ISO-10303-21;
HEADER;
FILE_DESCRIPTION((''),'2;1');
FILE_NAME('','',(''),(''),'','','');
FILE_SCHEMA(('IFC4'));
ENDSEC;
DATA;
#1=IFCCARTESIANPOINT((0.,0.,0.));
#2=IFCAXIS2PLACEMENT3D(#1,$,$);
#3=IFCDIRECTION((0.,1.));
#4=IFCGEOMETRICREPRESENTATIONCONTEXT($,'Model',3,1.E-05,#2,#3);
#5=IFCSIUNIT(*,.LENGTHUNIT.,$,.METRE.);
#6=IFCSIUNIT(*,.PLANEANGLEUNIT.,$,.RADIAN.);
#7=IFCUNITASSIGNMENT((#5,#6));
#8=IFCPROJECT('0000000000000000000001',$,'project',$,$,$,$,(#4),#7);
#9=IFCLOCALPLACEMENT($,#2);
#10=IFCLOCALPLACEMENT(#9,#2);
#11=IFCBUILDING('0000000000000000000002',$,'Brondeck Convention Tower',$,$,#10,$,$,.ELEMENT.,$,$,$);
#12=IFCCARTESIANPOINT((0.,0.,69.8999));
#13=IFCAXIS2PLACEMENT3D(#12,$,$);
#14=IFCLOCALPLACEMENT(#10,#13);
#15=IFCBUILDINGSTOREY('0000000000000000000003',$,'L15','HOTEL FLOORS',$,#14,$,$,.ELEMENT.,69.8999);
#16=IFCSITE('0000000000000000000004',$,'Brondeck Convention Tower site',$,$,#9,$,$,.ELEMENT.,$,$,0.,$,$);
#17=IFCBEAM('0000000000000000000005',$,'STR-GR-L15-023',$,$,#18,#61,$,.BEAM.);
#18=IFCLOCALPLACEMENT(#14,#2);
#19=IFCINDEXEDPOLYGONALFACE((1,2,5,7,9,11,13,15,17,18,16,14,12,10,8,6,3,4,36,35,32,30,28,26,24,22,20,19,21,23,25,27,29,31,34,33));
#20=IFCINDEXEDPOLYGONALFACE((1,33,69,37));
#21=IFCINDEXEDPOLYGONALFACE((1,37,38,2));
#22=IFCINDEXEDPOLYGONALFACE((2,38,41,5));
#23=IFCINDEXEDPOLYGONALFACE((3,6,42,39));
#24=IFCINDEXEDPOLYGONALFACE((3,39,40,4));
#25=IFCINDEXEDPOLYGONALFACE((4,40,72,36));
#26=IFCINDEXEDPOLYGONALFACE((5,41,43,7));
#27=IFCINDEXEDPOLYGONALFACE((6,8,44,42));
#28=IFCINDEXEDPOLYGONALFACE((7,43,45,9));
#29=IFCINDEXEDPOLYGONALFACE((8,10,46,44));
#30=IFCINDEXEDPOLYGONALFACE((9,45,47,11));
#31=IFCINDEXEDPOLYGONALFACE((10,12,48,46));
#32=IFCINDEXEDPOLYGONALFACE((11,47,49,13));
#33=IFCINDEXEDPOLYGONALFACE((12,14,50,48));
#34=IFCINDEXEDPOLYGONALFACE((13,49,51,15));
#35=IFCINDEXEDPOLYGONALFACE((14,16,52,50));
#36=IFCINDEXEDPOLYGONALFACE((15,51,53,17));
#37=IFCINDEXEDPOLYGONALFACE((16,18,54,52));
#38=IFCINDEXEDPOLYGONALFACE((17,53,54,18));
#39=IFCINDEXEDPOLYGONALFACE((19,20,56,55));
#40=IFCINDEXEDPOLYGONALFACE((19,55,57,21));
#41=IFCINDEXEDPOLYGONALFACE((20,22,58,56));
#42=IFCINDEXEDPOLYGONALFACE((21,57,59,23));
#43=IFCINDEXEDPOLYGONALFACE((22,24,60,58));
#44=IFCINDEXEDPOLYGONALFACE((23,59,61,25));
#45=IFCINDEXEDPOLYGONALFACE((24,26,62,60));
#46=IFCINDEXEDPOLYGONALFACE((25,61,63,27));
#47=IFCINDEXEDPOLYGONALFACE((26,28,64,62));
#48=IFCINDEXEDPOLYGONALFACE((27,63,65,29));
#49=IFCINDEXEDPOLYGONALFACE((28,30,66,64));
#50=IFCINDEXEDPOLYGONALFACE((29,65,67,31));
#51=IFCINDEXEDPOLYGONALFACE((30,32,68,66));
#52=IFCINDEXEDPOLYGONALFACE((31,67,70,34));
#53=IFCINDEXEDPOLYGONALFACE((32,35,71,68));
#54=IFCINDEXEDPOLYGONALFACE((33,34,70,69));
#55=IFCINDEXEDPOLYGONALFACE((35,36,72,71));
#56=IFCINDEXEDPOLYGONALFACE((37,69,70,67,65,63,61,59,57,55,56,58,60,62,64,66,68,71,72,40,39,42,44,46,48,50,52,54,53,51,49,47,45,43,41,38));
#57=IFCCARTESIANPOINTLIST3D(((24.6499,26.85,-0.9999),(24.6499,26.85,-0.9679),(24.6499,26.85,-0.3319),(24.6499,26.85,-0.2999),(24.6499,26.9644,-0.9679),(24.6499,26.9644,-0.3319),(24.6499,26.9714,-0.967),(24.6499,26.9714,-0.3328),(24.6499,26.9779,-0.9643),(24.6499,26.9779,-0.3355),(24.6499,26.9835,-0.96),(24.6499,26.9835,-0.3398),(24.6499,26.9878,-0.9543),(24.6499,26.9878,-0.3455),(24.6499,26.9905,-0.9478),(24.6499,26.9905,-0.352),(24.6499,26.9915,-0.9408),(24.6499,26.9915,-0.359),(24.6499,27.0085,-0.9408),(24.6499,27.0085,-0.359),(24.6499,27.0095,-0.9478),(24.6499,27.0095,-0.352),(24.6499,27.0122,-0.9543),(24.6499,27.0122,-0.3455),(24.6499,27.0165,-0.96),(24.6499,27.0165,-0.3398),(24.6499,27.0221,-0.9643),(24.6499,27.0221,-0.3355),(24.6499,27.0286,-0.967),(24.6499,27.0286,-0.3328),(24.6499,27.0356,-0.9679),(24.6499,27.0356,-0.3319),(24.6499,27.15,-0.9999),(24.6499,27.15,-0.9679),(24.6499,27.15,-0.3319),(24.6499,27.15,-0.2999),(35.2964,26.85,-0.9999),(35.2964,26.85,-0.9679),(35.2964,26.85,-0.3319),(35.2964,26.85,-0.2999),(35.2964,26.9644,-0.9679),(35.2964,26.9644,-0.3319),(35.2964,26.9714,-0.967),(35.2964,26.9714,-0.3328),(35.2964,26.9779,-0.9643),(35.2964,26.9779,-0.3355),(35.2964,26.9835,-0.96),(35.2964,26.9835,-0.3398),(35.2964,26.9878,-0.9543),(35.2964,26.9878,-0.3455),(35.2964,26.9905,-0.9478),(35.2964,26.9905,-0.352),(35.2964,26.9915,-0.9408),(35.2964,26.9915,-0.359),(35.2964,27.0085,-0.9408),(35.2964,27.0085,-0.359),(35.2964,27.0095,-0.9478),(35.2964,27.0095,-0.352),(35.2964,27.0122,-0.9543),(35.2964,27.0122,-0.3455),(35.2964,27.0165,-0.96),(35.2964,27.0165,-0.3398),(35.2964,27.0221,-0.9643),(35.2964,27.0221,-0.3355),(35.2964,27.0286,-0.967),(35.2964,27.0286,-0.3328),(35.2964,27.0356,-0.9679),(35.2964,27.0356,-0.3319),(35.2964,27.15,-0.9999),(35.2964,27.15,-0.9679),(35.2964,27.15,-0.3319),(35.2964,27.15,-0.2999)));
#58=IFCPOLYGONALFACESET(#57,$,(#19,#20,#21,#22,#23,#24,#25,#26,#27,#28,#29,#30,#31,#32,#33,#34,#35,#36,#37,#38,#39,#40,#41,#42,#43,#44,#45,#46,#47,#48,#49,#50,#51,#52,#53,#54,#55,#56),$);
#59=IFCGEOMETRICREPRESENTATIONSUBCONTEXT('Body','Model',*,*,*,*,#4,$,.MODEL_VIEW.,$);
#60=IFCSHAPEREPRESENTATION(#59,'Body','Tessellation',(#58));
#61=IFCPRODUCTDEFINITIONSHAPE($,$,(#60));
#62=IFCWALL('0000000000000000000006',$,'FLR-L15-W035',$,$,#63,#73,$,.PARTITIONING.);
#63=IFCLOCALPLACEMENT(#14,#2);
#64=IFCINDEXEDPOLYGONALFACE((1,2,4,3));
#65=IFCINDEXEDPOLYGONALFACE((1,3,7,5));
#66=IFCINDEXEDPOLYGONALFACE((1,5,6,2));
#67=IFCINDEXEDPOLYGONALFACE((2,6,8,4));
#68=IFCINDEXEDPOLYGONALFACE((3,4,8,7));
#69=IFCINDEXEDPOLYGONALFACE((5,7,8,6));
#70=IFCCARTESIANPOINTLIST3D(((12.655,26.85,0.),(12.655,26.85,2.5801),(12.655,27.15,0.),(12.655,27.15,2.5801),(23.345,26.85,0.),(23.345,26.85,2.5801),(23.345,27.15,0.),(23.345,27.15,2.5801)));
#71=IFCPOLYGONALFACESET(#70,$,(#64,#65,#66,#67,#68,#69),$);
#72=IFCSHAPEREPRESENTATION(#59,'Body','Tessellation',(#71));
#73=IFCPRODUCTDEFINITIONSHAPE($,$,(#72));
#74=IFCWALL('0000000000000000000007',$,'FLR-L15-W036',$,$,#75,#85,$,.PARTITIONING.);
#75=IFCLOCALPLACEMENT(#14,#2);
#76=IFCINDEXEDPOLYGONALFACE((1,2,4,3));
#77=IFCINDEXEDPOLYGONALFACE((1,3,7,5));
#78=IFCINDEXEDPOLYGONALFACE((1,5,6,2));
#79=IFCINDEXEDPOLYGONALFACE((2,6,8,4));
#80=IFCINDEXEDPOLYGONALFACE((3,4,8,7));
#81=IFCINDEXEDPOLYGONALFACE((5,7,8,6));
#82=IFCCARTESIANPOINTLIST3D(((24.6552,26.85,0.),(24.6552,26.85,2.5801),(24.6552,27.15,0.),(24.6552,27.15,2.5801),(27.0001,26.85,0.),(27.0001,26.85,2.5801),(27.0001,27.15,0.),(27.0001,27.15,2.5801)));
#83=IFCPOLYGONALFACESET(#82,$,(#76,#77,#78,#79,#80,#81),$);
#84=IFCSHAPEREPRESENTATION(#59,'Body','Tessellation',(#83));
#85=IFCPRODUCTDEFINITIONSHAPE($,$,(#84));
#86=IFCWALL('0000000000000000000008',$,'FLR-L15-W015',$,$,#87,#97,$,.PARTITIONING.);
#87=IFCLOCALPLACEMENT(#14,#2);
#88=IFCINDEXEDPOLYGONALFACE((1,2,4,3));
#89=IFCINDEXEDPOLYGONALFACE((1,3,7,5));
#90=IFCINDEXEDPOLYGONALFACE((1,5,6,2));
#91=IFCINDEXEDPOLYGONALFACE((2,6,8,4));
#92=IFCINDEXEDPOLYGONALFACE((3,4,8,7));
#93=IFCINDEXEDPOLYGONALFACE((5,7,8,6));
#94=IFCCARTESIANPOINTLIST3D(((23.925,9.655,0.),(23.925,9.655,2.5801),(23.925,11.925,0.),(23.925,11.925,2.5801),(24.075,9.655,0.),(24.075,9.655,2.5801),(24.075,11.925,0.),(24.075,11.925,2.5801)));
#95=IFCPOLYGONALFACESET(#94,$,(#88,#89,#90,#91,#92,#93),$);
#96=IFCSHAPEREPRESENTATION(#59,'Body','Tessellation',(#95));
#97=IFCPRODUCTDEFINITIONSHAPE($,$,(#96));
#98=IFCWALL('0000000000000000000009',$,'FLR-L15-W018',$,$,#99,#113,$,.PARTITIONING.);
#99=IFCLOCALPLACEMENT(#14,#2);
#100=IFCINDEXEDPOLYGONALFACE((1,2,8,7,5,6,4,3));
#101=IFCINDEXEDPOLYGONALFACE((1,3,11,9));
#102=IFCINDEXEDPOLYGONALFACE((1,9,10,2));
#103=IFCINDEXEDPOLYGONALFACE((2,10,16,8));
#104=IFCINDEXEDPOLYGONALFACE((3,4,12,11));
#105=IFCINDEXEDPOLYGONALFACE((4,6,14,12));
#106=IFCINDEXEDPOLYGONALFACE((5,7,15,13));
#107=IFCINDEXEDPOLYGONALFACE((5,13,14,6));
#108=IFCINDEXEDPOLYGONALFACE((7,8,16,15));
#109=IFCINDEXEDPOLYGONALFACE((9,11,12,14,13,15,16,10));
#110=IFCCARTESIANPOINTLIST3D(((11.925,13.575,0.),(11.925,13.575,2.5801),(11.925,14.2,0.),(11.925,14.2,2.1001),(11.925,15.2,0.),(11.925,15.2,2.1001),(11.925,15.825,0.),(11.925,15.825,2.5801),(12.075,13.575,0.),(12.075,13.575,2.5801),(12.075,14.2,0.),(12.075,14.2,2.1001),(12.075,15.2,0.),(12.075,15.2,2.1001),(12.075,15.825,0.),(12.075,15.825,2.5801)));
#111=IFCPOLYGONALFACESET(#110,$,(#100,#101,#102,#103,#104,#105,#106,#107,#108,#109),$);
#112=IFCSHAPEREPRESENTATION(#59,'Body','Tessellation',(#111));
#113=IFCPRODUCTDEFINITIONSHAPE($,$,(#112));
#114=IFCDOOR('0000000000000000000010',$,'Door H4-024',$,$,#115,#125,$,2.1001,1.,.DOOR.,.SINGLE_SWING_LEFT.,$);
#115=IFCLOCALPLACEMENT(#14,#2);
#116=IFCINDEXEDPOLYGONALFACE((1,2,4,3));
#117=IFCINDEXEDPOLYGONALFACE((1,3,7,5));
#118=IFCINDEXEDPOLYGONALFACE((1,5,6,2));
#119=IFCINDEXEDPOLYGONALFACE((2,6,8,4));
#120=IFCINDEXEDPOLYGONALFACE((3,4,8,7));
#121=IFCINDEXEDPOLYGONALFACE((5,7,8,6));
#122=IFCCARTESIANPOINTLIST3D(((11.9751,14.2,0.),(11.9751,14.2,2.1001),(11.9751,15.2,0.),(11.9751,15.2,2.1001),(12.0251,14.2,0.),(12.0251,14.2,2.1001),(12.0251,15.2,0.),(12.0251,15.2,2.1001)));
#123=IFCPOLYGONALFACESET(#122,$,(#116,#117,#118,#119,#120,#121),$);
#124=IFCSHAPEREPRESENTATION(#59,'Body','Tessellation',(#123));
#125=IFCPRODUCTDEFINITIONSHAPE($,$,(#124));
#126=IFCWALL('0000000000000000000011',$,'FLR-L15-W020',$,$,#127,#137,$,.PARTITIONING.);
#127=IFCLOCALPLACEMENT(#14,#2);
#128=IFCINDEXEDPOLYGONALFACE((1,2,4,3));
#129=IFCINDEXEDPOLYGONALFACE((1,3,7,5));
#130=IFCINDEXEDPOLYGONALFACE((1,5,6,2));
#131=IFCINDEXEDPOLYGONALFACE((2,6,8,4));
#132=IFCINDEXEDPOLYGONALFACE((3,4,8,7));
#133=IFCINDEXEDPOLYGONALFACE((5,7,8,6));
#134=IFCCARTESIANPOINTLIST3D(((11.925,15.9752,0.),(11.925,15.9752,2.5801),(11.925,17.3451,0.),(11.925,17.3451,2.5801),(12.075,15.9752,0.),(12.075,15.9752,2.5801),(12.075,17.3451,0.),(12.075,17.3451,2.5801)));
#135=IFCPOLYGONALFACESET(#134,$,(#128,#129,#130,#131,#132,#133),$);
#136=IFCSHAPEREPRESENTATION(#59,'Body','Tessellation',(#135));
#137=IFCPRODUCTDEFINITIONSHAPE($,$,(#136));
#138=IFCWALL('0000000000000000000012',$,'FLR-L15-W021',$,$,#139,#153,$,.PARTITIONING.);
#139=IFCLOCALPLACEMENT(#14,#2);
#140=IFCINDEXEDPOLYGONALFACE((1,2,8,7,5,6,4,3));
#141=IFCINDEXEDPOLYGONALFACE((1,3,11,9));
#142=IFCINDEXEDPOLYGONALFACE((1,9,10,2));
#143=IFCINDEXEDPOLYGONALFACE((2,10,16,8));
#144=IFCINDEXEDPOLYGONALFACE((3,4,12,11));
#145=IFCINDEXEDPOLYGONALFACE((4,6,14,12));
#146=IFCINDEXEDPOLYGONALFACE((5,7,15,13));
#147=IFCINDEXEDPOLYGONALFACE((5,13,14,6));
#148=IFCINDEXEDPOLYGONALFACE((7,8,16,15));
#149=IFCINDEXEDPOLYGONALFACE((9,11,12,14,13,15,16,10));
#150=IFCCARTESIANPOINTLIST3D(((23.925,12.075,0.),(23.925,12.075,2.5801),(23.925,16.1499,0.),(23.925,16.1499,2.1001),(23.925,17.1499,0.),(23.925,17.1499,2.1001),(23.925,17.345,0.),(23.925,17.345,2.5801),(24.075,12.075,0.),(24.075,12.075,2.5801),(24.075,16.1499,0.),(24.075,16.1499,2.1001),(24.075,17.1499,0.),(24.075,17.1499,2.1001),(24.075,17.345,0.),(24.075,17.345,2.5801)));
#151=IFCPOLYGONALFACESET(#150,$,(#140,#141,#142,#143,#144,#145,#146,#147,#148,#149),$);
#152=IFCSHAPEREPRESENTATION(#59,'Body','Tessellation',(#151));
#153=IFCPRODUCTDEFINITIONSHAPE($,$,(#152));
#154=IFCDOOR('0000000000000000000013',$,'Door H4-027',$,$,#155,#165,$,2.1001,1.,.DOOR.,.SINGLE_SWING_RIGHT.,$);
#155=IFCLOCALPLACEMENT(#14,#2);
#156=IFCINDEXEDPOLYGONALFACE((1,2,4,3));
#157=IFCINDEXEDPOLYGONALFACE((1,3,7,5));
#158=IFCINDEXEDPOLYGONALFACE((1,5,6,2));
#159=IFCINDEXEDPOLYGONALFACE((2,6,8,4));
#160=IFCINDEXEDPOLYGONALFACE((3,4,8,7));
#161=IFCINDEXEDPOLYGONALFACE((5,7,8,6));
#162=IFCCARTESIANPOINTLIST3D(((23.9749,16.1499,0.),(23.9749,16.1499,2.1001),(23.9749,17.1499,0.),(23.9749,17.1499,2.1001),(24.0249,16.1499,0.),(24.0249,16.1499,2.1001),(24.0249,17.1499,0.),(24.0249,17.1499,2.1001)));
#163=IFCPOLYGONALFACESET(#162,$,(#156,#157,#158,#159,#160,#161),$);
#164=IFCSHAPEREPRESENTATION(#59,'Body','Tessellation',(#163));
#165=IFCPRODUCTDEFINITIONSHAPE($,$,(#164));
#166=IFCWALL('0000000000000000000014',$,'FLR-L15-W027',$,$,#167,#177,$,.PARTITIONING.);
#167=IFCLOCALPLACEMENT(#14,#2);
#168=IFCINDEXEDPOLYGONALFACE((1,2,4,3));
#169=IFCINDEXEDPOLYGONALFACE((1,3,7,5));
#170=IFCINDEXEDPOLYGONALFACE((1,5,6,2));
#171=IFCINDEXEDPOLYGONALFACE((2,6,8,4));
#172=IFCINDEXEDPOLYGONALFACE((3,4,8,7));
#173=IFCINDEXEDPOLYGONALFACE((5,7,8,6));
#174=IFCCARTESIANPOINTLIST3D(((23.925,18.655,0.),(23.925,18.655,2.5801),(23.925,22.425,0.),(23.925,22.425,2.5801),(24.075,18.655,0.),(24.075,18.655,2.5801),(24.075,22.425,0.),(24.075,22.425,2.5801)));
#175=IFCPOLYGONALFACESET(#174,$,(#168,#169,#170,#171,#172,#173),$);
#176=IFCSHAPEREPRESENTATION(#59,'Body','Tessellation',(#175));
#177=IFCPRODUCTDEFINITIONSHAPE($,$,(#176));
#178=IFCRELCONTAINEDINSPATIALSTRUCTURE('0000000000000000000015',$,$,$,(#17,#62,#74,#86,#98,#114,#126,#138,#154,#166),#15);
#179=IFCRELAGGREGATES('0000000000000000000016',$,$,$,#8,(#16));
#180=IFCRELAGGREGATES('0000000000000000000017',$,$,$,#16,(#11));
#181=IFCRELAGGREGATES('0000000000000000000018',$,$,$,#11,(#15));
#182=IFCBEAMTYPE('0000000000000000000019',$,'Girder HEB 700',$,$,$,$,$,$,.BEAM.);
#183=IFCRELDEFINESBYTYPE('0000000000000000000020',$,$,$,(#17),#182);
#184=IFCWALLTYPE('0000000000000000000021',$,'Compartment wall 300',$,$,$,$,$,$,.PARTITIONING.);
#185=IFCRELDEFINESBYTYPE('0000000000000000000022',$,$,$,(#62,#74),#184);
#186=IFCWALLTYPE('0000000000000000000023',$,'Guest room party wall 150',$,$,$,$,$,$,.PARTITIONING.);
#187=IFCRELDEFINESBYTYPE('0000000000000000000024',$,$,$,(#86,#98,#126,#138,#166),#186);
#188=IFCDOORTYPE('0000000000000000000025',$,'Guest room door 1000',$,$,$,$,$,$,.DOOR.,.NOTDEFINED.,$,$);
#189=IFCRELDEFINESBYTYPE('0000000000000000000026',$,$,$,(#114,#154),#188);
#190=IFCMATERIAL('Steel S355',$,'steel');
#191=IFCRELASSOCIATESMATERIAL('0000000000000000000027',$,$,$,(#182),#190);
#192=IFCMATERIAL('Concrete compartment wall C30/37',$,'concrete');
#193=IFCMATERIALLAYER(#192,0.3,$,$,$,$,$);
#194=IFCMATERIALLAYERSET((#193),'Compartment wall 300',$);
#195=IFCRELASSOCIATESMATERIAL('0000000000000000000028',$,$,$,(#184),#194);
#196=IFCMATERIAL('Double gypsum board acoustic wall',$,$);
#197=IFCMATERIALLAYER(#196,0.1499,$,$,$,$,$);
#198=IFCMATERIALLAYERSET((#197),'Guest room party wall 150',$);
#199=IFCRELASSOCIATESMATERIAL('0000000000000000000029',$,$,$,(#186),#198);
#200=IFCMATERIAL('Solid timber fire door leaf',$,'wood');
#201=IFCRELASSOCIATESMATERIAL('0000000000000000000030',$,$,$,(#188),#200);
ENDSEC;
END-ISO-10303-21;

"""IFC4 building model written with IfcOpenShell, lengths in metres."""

from ifc_helpers import new_model, si_unit, direction, frame, frame_2d, origin, origin_2d, place, context, subcontext, project, spatial, rectangle, i_section, extrude, material, layer, layer_set, material_profile, profile_set, type_object, element, fill, save


model = new_model("IFC4")

# Units and contexts
model_context = context("Model", 3, precision=1e-05, world=origin(), true_north=direction((0.0, 1.0)))
body_context = subcontext(model_context, "Body", "Model", "MODEL_VIEW")
ifc_project = project(units=[si_unit("LENGTHUNIT", "METRE"), si_unit("PLANEANGLEUNIT", "RADIAN")], contexts=[model_context])

# Site, building, storey
site_placement = place(None, origin())
site = spatial("IfcSite", under=ifc_project, at=site_placement, Name="Brondeck Convention Tower site", CompositionType="ELEMENT", RefElevation=0.0)
building_placement = place(site_placement, origin())
building = spatial("IfcBuilding", under=site, at=building_placement, Name="Brondeck Convention Tower", CompositionType="ELEMENT")
storey_placement = place(building_placement, frame((0.0, 0.0, 69.8999)))
storey = spatial("IfcBuildingStorey", under=building, at=storey_placement, Name="L15", Description="HOTEL FLOORS", CompositionType="ELEMENT", Elevation=69.8999)

# Beam
ifc_material_1 = material(Name="Steel S355", Category="steel")
ifc_material_profile_1 = material_profile(ifc_material_1, i_section(OverallWidth=0.3, OverallDepth=0.7, WebThickness=0.0171, FlangeThickness=0.032, FilletRadius=0.0271, at=origin_2d()), Name="HEB 700")
ifc_profile_set_1 = profile_set([ifc_material_profile_1], Name="Steel S355")
beam_type_1 = type_object("IfcBeamType", Name="Girder HEB 700", PredefinedType="BEAM", material=ifc_profile_set_1)
beam_1_placement = place(storey_placement, frame((24.6499, 27.0, -0.6499), z_axis=(1.0, 0.0, 0.0), x_axis=(0.0, 1.0, 0.0)))
element("IfcBeam", 1, at=beam_1_placement, inside=storey, type_object=beam_type_1, Name="STR-GR-L15-023", PredefinedType="BEAM", context=body_context, shape_type="SweptSolid", body=[
    extrude(i_section(OverallWidth=0.3, OverallDepth=0.7, WebThickness=0.0171, FlangeThickness=0.032, FilletRadius=0.0271, at=origin_2d()), origin(), (0.0, 0.0, 1.0), 10.6465),
])

# Walls
ifc_material_2 = material(Name="Concrete compartment wall C30/37", Category="concrete")
ifc_layer_1 = layer(ifc_material_2, 0.3)
ifc_layer_set_1 = layer_set([ifc_layer_1], Name="Compartment wall 300")
wall_type_1 = type_object("IfcWallType", Name="Compartment wall 300", PredefinedType="PARTITIONING", material=ifc_layer_set_1)
wall_1_placement = place(storey_placement, frame((23.345, 27.0, 0.0), z_axis=(0.0, 0.0, 1.0), x_axis=(-1.0, 0.0, 0.0)))
element("IfcWall", 2, at=wall_1_placement, inside=storey, type_object=wall_type_1, Name="FLR-L15-W035", PredefinedType="PARTITIONING", context=body_context, shape_type="SweptSolid", body=[
    extrude(rectangle(XDim=10.6899, YDim=0.3, at=frame_2d((5.345, 0.0))), origin(), (0.0, 0.0, 1.0), 2.5801),
])
wall_2_placement = place(storey_placement, frame((27.0, 27.0, 0.0), z_axis=(0.0, 0.0, 1.0), x_axis=(-1.0, 0.0, 0.0)))
element("IfcWall", 3, at=wall_2_placement, inside=storey, type_object=wall_type_1, Name="FLR-L15-W036", PredefinedType="PARTITIONING", context=body_context, shape_type="SweptSolid", body=[
    extrude(rectangle(XDim=2.345, YDim=0.3, at=frame_2d((1.1724, 0.0))), origin(), (0.0, 0.0, 1.0), 2.5801),
])
ifc_material_3 = material(Name="Double gypsum board acoustic wall")
ifc_layer_2 = layer(ifc_material_3, 0.1499)
ifc_layer_set_2 = layer_set([ifc_layer_2], Name="Guest room party wall 150")
wall_type_2 = type_object("IfcWallType", Name="Guest room party wall 150", PredefinedType="PARTITIONING", material=ifc_layer_set_2)
wall_3_placement = place(storey_placement, frame((24.0, 11.925, 0.0), z_axis=(0.0, 0.0, 1.0), x_axis=(0.0, -1.0, 0.0)))
element("IfcWall", 4, at=wall_3_placement, inside=storey, type_object=wall_type_2, Name="FLR-L15-W015", PredefinedType="PARTITIONING", context=body_context, shape_type="SweptSolid", body=[
    extrude(rectangle(XDim=2.27, YDim=0.1499, at=frame_2d((1.135, 0.0))), origin(), (0.0, 0.0, 1.0), 2.5801),
])

# Wall, opening, door
wall_4_placement = place(storey_placement, frame((12.0, 13.575, 0.0), z_axis=(0.0, 0.0, 1.0), x_axis=(0.0, 1.0, 0.0)))
wall_4 = element("IfcWall", 5, at=wall_4_placement, inside=storey, type_object=wall_type_2, Name="FLR-L15-W018", PredefinedType="PARTITIONING", context=body_context, shape_type="SweptSolid", body=[
    extrude(rectangle(XDim=2.25, YDim=0.1499, at=frame_2d((1.125, 0.0))), origin(), (0.0, 0.0, 1.0), 2.5801),
])
opening_1_placement = place(wall_4_placement, frame((0.625, 0.0, 0.0)))
opening_1 = element("IfcOpeningElement", 6, at=opening_1_placement, cuts=wall_4, PredefinedType="OPENING", context=body_context, shape_type="SweptSolid", body=[
    extrude(rectangle(XDim=1.0, YDim=2.1001, at=frame_2d((0.5, 1.05))), frame((0.0, 0.085, 0.0), z_axis=(0.0, -1.0, 0.0), x_axis=(1.0, 0.0, 0.0)), (0.0, 0.0, 1.0), 0.1699),
])
ifc_material_4 = material(Name="Solid timber fire door leaf", Category="wood")
door_type_1 = type_object("IfcDoorType", Name="Guest room door 1000", OperationType="NOTDEFINED", PredefinedType="DOOR", material=ifc_material_4)
door_1_placement = place(opening_1_placement, origin())
door_1 = element("IfcDoor", 7, at=door_1_placement, inside=storey, type_object=door_type_1, Name="Door H4-024", OperationType="SINGLE_SWING_LEFT", OverallHeight=2.1001, OverallWidth=1.0, PredefinedType="DOOR", context=body_context, shape_type="SweptSolid", body=[
    extrude(rectangle(XDim=1.0, YDim=2.1001, at=frame_2d((0.5, 1.05))), frame((0.0, 0.0249, 0.0), z_axis=(0.0, -1.0, 0.0), x_axis=(1.0, 0.0, 0.0)), (0.0, 0.0, 1.0), 0.05),
])
fill(opening_1, door_1)

# Wall
wall_5_placement = place(storey_placement, frame((12.0, 15.9751, 0.0), z_axis=(0.0, 0.0, 1.0), x_axis=(0.0, 1.0, 0.0)))
element("IfcWall", 8, at=wall_5_placement, inside=storey, type_object=wall_type_2, Name="FLR-L15-W020", PredefinedType="PARTITIONING", context=body_context, shape_type="SweptSolid", body=[
    extrude(rectangle(XDim=1.3699, YDim=0.1499, at=frame_2d((0.6851, 0.0))), origin(), (0.0, 0.0, 1.0), 2.5801),
])

# Wall, opening, door
wall_6_placement = place(storey_placement, frame((24.0, 17.345, 0.0), z_axis=(0.0, 0.0, 1.0), x_axis=(0.0, -1.0, 0.0)))
wall_6 = element("IfcWall", 9, at=wall_6_placement, inside=storey, type_object=wall_type_2, Name="FLR-L15-W021", PredefinedType="PARTITIONING", context=body_context, shape_type="SweptSolid", body=[
    extrude(rectangle(XDim=5.27, YDim=0.1499, at=frame_2d((2.635, 0.0))), origin(), (0.0, 0.0, 1.0), 2.5801),
])
opening_2_placement = place(wall_6_placement, frame((0.1951, 0.0, 0.0)))
opening_2 = element("IfcOpeningElement", 10, at=opening_2_placement, cuts=wall_6, PredefinedType="OPENING", context=body_context, shape_type="SweptSolid", body=[
    extrude(rectangle(XDim=1.0, YDim=2.1001, at=frame_2d((0.5, 1.05))), frame((0.0, 0.085, 0.0), z_axis=(0.0, -1.0, 0.0), x_axis=(1.0, 0.0, 0.0)), (0.0, 0.0, 1.0), 0.1699),
])
door_2_placement = place(opening_2_placement, origin())
door_2 = element("IfcDoor", 11, at=door_2_placement, inside=storey, type_object=door_type_1, Name="Door H4-027", OperationType="SINGLE_SWING_RIGHT", OverallHeight=2.1001, OverallWidth=1.0, PredefinedType="DOOR", context=body_context, shape_type="SweptSolid", body=[
    extrude(rectangle(XDim=1.0, YDim=2.1001, at=frame_2d((0.5, 1.05))), frame((0.0, 0.0249, 0.0), z_axis=(0.0, -1.0, 0.0), x_axis=(1.0, 0.0, 0.0)), (0.0, 0.0, 1.0), 0.05),
])
fill(opening_2, door_2)

# Wall
wall_7_placement = place(storey_placement, frame((24.0, 22.425, 0.0), z_axis=(0.0, 0.0, 1.0), x_axis=(0.0, -1.0, 0.0)))
element("IfcWall", 12, at=wall_7_placement, inside=storey, type_object=wall_type_2, Name="FLR-L15-W027", PredefinedType="PARTITIONING", context=body_context, shape_type="SweptSolid", body=[
    extrude(rectangle(XDim=3.77, YDim=0.1499, at=frame_2d((1.885, 0.0))), origin(), (0.0, 0.0, 1.0), 2.5801),
])

save(model, "model.ifc")
